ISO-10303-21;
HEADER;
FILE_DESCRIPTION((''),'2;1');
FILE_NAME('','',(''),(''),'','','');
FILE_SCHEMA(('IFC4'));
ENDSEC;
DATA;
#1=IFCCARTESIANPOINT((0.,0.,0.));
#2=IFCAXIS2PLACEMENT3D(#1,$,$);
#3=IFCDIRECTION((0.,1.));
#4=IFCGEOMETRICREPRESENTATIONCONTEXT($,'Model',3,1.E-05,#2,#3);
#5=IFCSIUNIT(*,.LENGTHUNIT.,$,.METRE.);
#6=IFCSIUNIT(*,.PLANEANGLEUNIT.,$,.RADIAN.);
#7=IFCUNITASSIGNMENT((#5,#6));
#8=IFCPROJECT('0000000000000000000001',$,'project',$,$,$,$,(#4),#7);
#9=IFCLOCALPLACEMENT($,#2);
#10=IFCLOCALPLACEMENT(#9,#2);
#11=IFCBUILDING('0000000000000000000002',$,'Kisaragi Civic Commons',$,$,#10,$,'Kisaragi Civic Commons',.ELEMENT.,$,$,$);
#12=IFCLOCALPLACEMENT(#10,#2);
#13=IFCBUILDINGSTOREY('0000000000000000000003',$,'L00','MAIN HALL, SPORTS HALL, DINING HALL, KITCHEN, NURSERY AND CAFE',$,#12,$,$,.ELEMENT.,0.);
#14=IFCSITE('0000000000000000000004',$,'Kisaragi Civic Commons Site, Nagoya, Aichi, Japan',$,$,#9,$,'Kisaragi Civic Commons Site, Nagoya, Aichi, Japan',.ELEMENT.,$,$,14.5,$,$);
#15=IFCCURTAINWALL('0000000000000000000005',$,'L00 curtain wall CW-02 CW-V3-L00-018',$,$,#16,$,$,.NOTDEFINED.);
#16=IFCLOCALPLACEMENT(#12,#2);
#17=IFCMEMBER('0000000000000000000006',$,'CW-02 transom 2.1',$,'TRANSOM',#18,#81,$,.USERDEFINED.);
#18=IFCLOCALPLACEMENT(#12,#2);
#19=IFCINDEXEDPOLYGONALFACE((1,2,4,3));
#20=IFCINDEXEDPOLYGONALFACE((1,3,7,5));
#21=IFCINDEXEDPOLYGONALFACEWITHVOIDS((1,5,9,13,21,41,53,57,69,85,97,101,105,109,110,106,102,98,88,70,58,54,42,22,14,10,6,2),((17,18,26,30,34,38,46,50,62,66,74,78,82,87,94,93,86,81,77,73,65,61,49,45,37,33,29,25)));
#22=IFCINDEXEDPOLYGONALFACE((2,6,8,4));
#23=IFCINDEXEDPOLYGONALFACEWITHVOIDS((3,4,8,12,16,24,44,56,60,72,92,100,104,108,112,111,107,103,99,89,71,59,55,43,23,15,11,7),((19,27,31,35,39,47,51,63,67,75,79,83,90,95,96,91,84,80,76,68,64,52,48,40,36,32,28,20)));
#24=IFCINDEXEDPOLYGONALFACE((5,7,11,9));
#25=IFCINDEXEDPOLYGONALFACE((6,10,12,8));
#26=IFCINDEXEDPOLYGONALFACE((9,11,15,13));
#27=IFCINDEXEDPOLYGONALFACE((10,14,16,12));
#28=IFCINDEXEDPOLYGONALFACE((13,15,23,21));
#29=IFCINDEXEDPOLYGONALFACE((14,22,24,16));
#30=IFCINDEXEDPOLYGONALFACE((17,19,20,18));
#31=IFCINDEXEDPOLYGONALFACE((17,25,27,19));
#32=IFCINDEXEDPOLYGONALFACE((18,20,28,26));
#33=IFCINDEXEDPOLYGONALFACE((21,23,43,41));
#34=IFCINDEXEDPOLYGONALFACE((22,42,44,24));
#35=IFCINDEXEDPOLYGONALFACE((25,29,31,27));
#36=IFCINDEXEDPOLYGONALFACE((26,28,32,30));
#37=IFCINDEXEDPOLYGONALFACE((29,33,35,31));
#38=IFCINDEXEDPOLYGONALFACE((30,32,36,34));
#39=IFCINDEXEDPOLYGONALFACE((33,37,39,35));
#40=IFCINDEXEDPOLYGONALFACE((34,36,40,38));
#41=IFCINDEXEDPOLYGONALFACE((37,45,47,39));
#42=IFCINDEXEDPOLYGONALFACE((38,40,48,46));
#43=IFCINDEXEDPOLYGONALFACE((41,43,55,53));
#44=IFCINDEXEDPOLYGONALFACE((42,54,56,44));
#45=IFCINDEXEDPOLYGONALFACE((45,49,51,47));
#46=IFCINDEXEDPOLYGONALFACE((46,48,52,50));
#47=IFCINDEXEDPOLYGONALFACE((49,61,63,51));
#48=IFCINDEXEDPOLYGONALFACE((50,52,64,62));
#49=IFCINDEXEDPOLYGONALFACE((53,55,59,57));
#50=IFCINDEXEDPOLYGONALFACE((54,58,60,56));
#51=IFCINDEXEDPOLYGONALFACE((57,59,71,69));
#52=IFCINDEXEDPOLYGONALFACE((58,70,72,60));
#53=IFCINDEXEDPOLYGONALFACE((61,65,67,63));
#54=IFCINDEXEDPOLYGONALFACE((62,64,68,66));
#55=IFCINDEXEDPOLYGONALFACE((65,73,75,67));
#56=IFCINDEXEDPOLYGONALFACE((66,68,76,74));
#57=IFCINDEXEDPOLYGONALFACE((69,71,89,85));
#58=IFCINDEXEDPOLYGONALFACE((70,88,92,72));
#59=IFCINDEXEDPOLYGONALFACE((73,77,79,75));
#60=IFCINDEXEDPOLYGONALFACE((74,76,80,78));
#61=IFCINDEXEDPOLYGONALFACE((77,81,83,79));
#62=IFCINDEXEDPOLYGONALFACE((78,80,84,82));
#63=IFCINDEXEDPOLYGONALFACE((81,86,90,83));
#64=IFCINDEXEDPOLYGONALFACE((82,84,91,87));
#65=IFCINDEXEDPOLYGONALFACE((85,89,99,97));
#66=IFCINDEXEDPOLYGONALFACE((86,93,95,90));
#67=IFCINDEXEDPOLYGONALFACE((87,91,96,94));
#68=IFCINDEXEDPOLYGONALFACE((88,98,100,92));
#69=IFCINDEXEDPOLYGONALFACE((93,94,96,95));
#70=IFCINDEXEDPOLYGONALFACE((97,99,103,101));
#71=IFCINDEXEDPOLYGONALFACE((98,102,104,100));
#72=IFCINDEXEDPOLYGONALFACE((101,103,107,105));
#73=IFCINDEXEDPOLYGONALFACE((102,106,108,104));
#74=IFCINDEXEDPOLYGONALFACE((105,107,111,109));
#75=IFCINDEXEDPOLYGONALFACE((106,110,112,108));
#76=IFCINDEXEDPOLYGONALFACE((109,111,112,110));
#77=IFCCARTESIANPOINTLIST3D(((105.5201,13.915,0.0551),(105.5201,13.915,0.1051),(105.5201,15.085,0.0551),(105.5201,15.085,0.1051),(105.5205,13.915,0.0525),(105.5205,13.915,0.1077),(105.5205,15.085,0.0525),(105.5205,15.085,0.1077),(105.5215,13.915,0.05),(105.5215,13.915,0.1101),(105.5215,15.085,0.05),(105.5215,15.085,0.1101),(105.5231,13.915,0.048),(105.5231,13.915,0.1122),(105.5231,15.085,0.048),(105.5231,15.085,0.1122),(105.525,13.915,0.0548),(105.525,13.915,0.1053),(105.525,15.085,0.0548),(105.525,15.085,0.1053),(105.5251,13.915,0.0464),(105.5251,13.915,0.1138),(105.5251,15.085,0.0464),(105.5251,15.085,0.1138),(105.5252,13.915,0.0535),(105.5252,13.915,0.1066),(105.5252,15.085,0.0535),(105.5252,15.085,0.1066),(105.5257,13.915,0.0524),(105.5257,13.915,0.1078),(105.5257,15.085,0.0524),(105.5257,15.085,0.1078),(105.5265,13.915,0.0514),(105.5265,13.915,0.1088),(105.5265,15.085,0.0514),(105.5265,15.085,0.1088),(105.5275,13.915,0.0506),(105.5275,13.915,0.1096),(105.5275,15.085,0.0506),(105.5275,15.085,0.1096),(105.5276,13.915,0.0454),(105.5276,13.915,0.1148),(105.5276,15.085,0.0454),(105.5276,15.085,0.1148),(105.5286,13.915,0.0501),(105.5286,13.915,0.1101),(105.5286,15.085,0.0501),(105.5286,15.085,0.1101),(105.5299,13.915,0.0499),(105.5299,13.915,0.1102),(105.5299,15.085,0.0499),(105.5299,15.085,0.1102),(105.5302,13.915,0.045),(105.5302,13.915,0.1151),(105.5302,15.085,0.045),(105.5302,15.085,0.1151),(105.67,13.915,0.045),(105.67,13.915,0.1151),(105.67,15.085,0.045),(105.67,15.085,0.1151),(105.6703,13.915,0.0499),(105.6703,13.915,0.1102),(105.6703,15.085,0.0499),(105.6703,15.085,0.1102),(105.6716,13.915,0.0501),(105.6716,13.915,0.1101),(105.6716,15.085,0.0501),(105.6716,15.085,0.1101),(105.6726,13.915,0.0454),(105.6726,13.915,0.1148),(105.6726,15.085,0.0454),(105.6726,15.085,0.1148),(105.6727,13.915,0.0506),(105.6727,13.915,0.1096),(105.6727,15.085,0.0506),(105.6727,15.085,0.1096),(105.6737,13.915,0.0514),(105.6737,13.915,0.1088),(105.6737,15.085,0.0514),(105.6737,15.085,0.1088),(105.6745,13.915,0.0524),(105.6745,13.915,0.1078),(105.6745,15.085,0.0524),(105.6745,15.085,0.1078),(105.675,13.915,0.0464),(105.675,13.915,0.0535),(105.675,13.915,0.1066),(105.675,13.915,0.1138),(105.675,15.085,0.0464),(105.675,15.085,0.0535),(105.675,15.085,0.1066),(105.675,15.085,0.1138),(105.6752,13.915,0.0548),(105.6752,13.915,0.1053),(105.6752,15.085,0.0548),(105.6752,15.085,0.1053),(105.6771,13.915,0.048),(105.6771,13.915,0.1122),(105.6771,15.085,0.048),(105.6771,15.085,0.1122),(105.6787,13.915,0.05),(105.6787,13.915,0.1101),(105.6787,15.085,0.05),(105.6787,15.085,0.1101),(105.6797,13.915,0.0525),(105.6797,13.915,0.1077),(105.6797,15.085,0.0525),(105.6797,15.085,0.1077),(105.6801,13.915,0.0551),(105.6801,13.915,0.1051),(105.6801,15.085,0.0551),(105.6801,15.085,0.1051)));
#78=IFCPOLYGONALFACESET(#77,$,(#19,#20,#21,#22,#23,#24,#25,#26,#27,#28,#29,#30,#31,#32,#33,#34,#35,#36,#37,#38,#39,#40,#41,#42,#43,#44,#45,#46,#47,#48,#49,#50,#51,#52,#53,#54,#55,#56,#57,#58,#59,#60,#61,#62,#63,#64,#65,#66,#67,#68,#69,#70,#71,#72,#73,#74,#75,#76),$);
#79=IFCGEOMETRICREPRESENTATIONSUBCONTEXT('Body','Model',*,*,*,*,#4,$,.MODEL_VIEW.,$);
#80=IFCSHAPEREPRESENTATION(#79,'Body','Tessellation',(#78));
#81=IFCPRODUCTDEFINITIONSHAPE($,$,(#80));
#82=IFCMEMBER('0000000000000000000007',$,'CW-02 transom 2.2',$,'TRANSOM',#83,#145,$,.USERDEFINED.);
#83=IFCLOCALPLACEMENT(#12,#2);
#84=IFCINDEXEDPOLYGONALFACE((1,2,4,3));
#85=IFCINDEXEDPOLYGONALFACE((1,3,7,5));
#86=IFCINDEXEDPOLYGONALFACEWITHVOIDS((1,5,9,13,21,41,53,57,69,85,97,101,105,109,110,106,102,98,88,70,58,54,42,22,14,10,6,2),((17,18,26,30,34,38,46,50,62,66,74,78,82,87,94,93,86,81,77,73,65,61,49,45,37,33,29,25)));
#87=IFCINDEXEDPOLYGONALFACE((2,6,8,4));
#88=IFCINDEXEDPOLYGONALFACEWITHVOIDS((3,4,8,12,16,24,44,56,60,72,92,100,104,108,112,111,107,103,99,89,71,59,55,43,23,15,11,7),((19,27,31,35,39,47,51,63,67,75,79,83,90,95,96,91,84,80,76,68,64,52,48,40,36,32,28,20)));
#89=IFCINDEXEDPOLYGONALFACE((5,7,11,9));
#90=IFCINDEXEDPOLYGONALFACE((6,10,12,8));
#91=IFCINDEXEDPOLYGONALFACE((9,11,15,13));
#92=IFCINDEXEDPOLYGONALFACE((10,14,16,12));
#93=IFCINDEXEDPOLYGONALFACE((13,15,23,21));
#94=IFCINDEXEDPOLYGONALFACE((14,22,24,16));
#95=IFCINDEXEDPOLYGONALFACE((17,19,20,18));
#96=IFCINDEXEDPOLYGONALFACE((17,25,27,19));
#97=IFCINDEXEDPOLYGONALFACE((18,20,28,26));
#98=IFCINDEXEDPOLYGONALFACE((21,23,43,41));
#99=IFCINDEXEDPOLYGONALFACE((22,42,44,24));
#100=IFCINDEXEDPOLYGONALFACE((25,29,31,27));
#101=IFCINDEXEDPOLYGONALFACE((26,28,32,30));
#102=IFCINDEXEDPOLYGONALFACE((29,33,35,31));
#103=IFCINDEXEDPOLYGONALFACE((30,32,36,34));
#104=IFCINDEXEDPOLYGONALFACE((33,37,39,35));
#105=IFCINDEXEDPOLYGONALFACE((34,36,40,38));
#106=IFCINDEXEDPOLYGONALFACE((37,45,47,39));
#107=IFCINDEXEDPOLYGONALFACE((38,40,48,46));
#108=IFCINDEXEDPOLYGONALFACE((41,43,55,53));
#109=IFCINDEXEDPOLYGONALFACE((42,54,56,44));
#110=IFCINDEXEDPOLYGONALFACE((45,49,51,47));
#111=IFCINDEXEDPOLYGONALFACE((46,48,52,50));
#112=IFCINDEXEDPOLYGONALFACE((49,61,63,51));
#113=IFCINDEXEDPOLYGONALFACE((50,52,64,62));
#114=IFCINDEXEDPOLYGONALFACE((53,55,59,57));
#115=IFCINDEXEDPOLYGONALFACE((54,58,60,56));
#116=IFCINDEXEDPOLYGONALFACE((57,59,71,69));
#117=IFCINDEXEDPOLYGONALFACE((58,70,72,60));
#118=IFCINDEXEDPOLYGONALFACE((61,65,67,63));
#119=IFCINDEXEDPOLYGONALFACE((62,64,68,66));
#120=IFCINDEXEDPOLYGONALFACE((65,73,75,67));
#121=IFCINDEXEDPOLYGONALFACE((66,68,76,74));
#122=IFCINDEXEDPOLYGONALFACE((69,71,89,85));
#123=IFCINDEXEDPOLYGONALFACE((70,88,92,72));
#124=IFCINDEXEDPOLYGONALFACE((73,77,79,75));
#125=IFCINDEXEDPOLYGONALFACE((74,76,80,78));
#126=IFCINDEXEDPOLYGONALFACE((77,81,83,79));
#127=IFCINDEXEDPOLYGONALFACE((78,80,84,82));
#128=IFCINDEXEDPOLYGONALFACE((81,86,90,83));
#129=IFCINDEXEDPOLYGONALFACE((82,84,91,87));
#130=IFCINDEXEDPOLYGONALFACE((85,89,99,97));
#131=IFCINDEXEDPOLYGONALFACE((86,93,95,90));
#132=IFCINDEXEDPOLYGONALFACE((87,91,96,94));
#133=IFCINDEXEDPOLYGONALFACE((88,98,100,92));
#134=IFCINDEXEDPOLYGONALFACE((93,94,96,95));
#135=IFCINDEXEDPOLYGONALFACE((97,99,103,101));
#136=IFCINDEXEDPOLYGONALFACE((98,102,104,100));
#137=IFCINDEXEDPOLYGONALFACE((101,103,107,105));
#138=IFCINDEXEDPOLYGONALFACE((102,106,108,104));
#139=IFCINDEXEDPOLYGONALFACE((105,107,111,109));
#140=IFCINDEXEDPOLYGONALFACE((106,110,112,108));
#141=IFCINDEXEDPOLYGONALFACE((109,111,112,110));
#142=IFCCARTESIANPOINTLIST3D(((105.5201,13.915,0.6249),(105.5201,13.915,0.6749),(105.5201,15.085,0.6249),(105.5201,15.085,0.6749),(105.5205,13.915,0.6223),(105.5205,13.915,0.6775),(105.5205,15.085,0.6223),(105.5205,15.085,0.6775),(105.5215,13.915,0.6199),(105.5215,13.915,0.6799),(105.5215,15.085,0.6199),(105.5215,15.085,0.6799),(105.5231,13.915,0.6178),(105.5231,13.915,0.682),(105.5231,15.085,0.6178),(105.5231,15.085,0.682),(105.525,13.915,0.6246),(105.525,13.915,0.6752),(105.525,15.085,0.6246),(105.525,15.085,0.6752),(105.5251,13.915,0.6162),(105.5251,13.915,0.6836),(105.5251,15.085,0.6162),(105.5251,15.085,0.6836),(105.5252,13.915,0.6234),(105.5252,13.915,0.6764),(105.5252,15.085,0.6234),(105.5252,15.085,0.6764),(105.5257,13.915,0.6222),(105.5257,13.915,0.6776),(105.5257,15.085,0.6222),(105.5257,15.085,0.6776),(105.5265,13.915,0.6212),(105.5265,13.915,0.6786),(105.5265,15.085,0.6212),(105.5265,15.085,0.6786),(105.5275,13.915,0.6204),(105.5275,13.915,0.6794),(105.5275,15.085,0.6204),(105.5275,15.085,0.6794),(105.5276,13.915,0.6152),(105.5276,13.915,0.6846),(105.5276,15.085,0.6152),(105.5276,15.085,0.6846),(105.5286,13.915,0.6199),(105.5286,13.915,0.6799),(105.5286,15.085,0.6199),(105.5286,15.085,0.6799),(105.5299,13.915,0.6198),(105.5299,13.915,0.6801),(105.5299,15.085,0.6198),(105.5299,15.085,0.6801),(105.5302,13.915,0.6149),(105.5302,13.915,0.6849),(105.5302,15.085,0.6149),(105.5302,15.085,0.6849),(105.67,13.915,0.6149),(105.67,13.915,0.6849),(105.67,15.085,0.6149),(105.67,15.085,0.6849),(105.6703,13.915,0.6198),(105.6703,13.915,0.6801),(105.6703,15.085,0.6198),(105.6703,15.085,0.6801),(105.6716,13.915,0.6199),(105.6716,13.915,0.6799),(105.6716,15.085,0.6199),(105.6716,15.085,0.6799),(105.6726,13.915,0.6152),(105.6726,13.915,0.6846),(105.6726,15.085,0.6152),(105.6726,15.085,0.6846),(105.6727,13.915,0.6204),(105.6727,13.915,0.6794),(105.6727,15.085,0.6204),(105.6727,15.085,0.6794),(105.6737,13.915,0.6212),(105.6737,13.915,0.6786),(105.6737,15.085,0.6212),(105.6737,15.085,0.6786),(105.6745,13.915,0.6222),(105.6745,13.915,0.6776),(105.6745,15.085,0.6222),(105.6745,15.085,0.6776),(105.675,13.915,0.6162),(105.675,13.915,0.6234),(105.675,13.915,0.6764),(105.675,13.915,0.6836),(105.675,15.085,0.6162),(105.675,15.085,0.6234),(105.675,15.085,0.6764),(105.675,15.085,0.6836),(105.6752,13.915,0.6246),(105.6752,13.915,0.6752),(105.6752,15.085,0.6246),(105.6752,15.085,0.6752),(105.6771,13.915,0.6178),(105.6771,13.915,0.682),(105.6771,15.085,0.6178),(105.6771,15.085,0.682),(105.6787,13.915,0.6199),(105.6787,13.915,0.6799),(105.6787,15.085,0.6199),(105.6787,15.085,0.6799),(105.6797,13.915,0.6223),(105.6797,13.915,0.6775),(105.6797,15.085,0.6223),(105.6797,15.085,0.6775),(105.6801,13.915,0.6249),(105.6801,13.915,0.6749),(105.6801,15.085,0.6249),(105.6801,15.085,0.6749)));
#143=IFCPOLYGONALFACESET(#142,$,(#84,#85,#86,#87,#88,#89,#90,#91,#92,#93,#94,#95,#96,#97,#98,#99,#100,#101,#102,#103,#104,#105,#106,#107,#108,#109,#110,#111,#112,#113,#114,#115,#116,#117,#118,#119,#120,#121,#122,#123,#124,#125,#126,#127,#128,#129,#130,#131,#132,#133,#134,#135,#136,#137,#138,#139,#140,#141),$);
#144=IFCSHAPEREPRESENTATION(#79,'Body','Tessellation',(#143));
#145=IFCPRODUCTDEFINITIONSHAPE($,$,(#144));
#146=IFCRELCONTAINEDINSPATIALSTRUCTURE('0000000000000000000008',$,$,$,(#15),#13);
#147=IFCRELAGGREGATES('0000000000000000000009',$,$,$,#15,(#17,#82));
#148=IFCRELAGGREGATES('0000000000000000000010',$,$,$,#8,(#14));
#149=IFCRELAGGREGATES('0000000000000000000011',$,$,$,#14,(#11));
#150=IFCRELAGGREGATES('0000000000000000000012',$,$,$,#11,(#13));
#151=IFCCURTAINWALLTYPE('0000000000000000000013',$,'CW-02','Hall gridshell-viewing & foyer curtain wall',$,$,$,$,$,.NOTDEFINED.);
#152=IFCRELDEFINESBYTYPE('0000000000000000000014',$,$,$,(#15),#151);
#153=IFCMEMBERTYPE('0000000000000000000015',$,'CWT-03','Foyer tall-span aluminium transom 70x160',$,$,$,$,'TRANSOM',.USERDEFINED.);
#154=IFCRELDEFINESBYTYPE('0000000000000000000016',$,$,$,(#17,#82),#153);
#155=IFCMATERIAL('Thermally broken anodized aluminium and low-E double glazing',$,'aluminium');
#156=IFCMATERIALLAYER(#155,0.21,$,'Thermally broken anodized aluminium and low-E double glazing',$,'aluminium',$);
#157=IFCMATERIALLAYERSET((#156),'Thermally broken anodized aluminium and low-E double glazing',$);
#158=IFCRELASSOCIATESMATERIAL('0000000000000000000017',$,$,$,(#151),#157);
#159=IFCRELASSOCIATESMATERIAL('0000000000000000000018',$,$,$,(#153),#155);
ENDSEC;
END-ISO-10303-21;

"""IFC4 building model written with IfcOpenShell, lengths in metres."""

from ifc_helpers import new_model, si_unit, direction, frame, origin, origin_2d, place, context, subcontext, project, spatial, hollow_rectangle, extrude, material, layer, layer_set, material_profile, profile_set, type_object, element, aggregate, save


model = new_model("IFC4")

# Units and contexts
model_context = context("Model", 3, precision=1e-05, world=origin(), true_north=direction((0.0, 1.0)))
body_context = subcontext(model_context, "Body", "Model", "MODEL_VIEW")
ifc_project = project(units=[si_unit("LENGTHUNIT", "METRE"), si_unit("PLANEANGLEUNIT", "RADIAN")], contexts=[model_context])

# Site, building, storey
site_placement = place(None, origin())
site = spatial("IfcSite", under=ifc_project, at=site_placement, Name="Kisaragi Civic Commons Site, Nagoya, Aichi, Japan", LongName="Kisaragi Civic Commons Site, Nagoya, Aichi, Japan", CompositionType="ELEMENT", RefElevation=14.5)
building_placement = place(site_placement, origin())
building = spatial("IfcBuilding", under=site, at=building_placement, Name="Kisaragi Civic Commons", LongName="Kisaragi Civic Commons", CompositionType="ELEMENT")
storey_placement = place(building_placement, origin())
storey = spatial("IfcBuildingStorey", under=building, at=storey_placement, Name="L00", Description="MAIN HALL, SPORTS HALL, DINING HALL, KITCHEN, NURSERY AND CAFE", CompositionType="ELEMENT", Elevation=0.0)

# Curtain wall, members
ifc_material_1 = material(Name="Thermally broken anodized aluminium and low-E double glazing", Category="aluminium")
ifc_layer_1 = layer(ifc_material_1, 0.21, Name="Thermally broken anodized aluminium and low-E double glazing", Category="aluminium")
ifc_layer_set_1 = layer_set([ifc_layer_1], Name="Thermally broken anodized aluminium and low-E double glazing")
curtain_wall_type = type_object("IfcCurtainWallType", Name="CW-02", Description="Hall gridshell-viewing & foyer curtain wall", PredefinedType="NOTDEFINED", material=ifc_layer_set_1)
curtain_wall_placement = place(storey_placement, origin())
curtain_wall = element("IfcCurtainWall", 1, at=curtain_wall_placement, inside=storey, type_object=curtain_wall_type, Name="L00 curtain wall CW-02 CW-V3-L00-018", PredefinedType="NOTDEFINED")
ifc_material_profile_1 = material_profile(ifc_material_1, hollow_rectangle(XDim=0.1599, YDim=0.0701, WallThickness=0.0049, InnerFilletRadius=0.0049, OuterFilletRadius=0.01, at=origin_2d()), Name="CWT-70x160x5", Category="aluminium")
ifc_profile_set_1 = profile_set([ifc_material_profile_1], Name="Thermally broken anodized aluminium and low-E double glazing")
member_type_1 = type_object("IfcMemberType", Name="CWT-03", Description="Foyer tall-span aluminium transom 70x160", ElementType="TRANSOM", PredefinedType="USERDEFINED", material=ifc_profile_set_1)
member_1_placement = place(storey_placement, frame((105.6001, 13.915, 0.0801), z_axis=(0.0, 1.0, 0.0), x_axis=(-1.0, 0.0, 0.0)))
member_1 = element("IfcMember", 2, at=member_1_placement, type_object=member_type_1, Name="CW-02 transom 2.1", ObjectType="TRANSOM", PredefinedType="USERDEFINED", context=body_context, shape_type="SweptSolid", body=[
    extrude(hollow_rectangle(XDim=0.1599, YDim=0.0701, WallThickness=0.0049, InnerFilletRadius=0.0049, OuterFilletRadius=0.01, at=origin_2d()), origin(), (0.0, 0.0, 1.0), 1.1699),
])
member_2_placement = place(storey_placement, frame((105.6001, 13.915, 0.6499), z_axis=(0.0, 1.0, 0.0), x_axis=(-1.0, 0.0, 0.0)))
member_2 = element("IfcMember", 3, at=member_2_placement, type_object=member_type_1, Name="CW-02 transom 2.2", ObjectType="TRANSOM", PredefinedType="USERDEFINED", context=body_context, shape_type="SweptSolid", body=[
    extrude(hollow_rectangle(XDim=0.1599, YDim=0.0701, WallThickness=0.0049, InnerFilletRadius=0.0049, OuterFilletRadius=0.01, at=origin_2d()), origin(), (0.0, 0.0, 1.0), 1.1699),
])

aggregate(curtain_wall, [member_1, member_2])

save(model, "model.ifc")
